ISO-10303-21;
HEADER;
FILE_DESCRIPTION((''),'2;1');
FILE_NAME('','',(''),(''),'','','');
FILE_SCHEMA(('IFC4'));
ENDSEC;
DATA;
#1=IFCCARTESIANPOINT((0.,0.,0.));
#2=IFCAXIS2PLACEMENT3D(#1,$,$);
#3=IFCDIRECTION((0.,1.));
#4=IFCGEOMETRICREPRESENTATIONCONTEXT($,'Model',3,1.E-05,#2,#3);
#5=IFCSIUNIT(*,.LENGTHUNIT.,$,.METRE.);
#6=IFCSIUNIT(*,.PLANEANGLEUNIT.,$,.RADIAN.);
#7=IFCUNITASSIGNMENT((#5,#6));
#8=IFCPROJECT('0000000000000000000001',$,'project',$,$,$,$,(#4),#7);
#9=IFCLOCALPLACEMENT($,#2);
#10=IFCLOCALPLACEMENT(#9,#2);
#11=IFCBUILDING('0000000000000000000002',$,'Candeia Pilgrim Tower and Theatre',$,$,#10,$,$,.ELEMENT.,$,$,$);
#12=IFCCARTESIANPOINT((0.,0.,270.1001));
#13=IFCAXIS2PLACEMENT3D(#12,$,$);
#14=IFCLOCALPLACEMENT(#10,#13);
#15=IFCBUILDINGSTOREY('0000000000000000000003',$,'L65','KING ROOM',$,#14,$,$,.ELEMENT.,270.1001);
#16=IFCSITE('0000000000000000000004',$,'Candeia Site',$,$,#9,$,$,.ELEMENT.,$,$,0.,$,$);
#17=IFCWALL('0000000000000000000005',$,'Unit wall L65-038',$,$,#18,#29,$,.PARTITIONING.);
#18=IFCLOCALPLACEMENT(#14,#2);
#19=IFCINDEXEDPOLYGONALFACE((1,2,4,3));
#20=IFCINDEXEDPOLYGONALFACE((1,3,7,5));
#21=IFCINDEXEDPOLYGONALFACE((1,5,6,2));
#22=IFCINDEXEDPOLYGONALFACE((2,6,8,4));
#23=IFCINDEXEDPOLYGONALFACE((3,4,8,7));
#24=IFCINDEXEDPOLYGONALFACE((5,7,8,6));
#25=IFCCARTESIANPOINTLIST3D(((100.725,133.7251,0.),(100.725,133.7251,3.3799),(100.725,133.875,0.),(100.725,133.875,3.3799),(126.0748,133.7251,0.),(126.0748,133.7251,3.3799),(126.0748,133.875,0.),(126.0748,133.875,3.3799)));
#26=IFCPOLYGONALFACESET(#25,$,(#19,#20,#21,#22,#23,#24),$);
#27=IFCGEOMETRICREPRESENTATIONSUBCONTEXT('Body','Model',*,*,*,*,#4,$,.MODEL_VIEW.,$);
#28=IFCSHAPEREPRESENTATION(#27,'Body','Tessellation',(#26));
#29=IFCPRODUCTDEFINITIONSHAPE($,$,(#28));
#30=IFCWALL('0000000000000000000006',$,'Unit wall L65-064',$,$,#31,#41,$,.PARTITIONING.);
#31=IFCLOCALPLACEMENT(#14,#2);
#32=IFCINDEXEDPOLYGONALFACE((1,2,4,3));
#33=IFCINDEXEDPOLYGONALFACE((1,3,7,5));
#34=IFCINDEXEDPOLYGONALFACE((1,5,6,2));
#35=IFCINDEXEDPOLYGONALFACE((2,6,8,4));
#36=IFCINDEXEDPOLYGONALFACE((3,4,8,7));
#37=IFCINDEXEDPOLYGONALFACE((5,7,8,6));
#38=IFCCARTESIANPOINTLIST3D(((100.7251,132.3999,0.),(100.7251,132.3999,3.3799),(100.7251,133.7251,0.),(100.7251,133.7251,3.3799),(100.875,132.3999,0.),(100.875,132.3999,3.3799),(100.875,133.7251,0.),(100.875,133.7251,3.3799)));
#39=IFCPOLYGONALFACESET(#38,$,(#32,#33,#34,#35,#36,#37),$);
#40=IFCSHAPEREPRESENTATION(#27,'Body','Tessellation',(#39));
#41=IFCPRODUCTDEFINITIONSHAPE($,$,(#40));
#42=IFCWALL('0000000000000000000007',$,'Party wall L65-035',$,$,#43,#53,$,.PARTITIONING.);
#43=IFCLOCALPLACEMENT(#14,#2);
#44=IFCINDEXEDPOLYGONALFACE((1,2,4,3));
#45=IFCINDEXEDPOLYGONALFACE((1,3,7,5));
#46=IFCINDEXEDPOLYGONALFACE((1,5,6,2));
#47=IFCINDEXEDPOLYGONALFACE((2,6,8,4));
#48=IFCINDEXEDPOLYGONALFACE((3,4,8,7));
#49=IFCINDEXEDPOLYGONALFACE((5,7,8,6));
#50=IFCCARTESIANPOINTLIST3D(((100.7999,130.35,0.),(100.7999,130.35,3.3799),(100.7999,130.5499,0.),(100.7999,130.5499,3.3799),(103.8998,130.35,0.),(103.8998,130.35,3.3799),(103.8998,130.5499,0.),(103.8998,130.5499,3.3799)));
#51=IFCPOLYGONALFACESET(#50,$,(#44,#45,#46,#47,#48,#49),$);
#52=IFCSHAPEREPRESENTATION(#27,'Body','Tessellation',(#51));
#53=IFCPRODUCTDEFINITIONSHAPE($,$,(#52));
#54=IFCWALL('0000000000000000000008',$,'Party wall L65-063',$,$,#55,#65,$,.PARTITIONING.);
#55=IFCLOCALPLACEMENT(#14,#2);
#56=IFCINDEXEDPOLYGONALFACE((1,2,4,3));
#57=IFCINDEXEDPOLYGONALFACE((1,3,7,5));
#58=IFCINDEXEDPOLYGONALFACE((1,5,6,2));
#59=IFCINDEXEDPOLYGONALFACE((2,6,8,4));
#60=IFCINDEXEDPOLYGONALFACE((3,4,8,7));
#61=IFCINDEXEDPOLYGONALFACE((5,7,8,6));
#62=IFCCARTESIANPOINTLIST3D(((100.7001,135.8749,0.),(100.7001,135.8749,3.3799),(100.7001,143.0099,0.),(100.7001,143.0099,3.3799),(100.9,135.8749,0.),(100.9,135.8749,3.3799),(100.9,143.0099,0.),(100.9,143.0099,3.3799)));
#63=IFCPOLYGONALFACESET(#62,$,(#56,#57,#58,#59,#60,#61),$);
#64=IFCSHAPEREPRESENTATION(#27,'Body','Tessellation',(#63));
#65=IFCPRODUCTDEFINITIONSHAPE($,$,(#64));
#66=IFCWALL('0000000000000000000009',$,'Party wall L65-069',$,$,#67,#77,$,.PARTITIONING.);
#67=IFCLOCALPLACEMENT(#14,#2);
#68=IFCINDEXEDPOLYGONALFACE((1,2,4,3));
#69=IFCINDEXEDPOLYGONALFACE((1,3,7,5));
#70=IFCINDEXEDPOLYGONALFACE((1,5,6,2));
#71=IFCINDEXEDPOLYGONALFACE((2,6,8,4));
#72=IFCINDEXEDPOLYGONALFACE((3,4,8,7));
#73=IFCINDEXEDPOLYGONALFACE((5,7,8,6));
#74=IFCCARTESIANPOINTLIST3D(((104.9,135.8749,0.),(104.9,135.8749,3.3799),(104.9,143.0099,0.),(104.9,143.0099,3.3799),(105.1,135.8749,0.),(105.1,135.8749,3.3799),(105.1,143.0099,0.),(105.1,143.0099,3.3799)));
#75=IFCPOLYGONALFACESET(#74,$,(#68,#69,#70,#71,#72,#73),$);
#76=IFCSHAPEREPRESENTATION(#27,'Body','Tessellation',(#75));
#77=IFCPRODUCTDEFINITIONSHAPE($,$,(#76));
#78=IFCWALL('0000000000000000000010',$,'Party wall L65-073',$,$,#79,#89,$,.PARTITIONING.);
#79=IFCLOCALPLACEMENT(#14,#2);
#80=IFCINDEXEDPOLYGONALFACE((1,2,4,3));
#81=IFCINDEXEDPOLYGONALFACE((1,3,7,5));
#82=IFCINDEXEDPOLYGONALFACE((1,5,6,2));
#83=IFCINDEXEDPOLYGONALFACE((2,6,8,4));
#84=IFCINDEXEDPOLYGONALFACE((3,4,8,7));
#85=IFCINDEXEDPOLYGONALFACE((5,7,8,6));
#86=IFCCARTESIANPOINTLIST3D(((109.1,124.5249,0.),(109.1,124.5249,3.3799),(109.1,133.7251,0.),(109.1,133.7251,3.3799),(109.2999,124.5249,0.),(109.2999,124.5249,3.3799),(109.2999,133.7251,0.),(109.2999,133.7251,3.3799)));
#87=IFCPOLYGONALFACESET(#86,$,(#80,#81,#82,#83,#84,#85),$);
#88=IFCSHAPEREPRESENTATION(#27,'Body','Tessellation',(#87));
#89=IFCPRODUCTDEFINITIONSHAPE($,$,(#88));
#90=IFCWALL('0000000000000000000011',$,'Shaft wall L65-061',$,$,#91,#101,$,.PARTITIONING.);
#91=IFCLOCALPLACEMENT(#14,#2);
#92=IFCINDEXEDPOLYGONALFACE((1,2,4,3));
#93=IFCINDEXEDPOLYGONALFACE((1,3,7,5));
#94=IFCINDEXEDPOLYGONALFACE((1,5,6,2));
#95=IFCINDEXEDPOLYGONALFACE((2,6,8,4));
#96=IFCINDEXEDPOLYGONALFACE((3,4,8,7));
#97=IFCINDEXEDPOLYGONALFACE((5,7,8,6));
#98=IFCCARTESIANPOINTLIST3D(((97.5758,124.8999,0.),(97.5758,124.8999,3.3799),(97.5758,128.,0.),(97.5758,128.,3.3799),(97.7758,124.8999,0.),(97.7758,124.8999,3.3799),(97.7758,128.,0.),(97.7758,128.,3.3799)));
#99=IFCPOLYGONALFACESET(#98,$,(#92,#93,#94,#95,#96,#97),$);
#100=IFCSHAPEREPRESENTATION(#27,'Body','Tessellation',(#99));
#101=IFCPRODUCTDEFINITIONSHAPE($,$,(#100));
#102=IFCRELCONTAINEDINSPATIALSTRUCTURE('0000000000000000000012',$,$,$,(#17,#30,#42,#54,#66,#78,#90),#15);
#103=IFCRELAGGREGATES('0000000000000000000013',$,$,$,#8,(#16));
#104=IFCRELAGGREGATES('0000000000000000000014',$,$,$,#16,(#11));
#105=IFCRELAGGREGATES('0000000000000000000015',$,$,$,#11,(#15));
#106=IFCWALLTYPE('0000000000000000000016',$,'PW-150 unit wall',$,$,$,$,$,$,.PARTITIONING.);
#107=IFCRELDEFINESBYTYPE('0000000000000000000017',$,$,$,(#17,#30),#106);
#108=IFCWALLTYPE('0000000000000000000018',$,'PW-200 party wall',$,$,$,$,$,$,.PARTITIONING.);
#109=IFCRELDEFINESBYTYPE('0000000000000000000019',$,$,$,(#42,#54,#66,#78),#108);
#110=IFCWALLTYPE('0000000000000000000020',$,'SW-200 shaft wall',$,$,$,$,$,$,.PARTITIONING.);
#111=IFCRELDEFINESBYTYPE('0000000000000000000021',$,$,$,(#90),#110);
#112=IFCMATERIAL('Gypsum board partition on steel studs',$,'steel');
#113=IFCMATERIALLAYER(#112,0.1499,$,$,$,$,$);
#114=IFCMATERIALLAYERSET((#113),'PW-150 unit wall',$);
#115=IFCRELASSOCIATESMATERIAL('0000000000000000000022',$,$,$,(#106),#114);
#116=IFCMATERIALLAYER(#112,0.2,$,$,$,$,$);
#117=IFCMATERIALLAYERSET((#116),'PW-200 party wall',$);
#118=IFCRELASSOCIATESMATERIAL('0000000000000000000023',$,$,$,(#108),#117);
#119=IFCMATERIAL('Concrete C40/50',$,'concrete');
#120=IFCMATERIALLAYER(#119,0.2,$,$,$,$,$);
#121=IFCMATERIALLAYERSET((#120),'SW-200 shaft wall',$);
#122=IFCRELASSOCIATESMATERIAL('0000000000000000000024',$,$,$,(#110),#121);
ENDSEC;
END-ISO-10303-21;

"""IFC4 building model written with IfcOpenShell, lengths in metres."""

from ifc_helpers import new_model, si_unit, direction, frame, frame_2d, origin, place, context, subcontext, project, spatial, rectangle, extrude, material, layer, layer_set, type_object, element, save


model = new_model("IFC4")

# Units and contexts
model_context = context("Model", 3, precision=1e-05, world=origin(), true_north=direction((0.0, 1.0)))
body_context = subcontext(model_context, "Body", "Model", "MODEL_VIEW")
ifc_project = project(units=[si_unit("LENGTHUNIT", "METRE"), si_unit("PLANEANGLEUNIT", "RADIAN")], contexts=[model_context])

# Site, building, storey
site_placement = place(None, origin())
site = spatial("IfcSite", under=ifc_project, at=site_placement, Name="Candeia Site", CompositionType="ELEMENT", RefElevation=0.0)
building_placement = place(site_placement, origin())
building = spatial("IfcBuilding", under=site, at=building_placement, Name="Candeia Pilgrim Tower and Theatre", CompositionType="ELEMENT")
storey_placement = place(building_placement, frame((0.0, 0.0, 270.1001)))
storey = spatial("IfcBuildingStorey", under=building, at=storey_placement, Name="L65", Description="KING ROOM", CompositionType="ELEMENT", Elevation=270.1001)

# Shared definitions
ifc_material_1 = material(Name="Concrete C40/50", Category="concrete")

# Shared definitions
ifc_material_2 = material(Name="Gypsum board partition on steel studs", Category="steel")

# Walls
ifc_layer_1 = layer(ifc_material_2, 0.1499)
ifc_layer_set_1 = layer_set([ifc_layer_1], Name="PW-150 unit wall")
wall_type_1 = type_object("IfcWallType", Name="PW-150 unit wall", PredefinedType="PARTITIONING", material=ifc_layer_set_1)
wall_1_placement = place(storey_placement, frame((100.7251, 133.8, 0.0), z_axis=(0.0, 0.0, 1.0), x_axis=(1.0, 0.0, 0.0)))
element("IfcWall", 1, at=wall_1_placement, inside=storey, type_object=wall_type_1, Name="Unit wall L65-038", PredefinedType="PARTITIONING", context=body_context, shape_type="SweptSolid", body=[
    extrude(rectangle(XDim=25.3499, YDim=0.1499, at=frame_2d((12.6748, 0.0))), origin(), (0.0, 0.0, 1.0), 3.3799),
])
wall_2_placement = place(storey_placement, frame((100.8, 132.3999, 0.0), z_axis=(0.0, 0.0, 1.0), x_axis=(0.0, 1.0, 0.0)))
element("IfcWall", 2, at=wall_2_placement, inside=storey, type_object=wall_type_1, Name="Unit wall L65-064", PredefinedType="PARTITIONING", context=body_context, shape_type="SweptSolid", body=[
    extrude(rectangle(XDim=1.3252, YDim=0.1499, at=frame_2d((0.6626, 0.0))), origin(), (0.0, 0.0, 1.0), 3.3799),
])
ifc_layer_2 = layer(ifc_material_2, 0.2)
ifc_layer_set_2 = layer_set([ifc_layer_2], Name="PW-200 party wall")
wall_type_2 = type_object("IfcWallType", Name="PW-200 party wall", PredefinedType="PARTITIONING", material=ifc_layer_set_2)
wall_3_placement = place(storey_placement, frame((100.8, 130.45, 0.0), z_axis=(0.0, 0.0, 1.0), x_axis=(1.0, 0.0, 0.0)))
element("IfcWall", 3, at=wall_3_placement, inside=storey, type_object=wall_type_2, Name="Party wall L65-035", PredefinedType="PARTITIONING", context=body_context, shape_type="SweptSolid", body=[
    extrude(rectangle(XDim=3.0999, YDim=0.2, at=frame_2d((1.5498, 0.0))), origin(), (0.0, 0.0, 1.0), 3.3799),
])
for number, where, z_axis, x_axis, name in (
    (4, (100.8, 135.875, 0.0), (0.0, 0.0, 1.0), (0.0, 1.0, 0.0), "Party wall L65-063"),
    (5, (105.0, 135.875, 0.0), (0.0, 0.0, 1.0), (0.0, 1.0, 0.0), "Party wall L65-069"),
):
    element("IfcWall", number, at=place(storey_placement, frame(where, z_axis=z_axis, x_axis=x_axis)), inside=storey, type_object=wall_type_2, Name=name, PredefinedType="PARTITIONING", context=body_context, shape_type="SweptSolid", body=[
        extrude(rectangle(XDim=7.135, YDim=0.2, at=frame_2d((3.5674, 0.0))), origin(), (0.0, 0.0, 1.0), 3.3799),
    ])
wall_4_placement = place(storey_placement, frame((109.2, 124.5249, 0.0), z_axis=(0.0, 0.0, 1.0), x_axis=(0.0, 1.0, 0.0)))
element("IfcWall", 6, at=wall_4_placement, inside=storey, type_object=wall_type_2, Name="Party wall L65-073", PredefinedType="PARTITIONING", context=body_context, shape_type="SweptSolid", body=[
    extrude(rectangle(XDim=9.2002, YDim=0.2, at=frame_2d((4.6001, 0.0))), origin(), (0.0, 0.0, 1.0), 3.3799),
])
ifc_layer_3 = layer(ifc_material_1, 0.2)
ifc_layer_set_3 = layer_set([ifc_layer_3], Name="SW-200 shaft wall")
wall_type_3 = type_object("IfcWallType", Name="SW-200 shaft wall", PredefinedType="PARTITIONING", material=ifc_layer_set_3)
wall_5_placement = place(storey_placement, frame((97.6758, 124.8999, 0.0), z_axis=(0.0, 0.0, 1.0), x_axis=(0.0, 1.0, 0.0)))
element("IfcWall", 7, at=wall_5_placement, inside=storey, type_object=wall_type_3, Name="Shaft wall L65-061", PredefinedType="PARTITIONING", context=body_context, shape_type="SweptSolid", body=[
    extrude(rectangle(XDim=3.1001, YDim=0.2, at=frame_2d((1.55, 0.0))), origin(), (0.0, 0.0, 1.0), 3.3799),
])

save(model, "model.ifc")
